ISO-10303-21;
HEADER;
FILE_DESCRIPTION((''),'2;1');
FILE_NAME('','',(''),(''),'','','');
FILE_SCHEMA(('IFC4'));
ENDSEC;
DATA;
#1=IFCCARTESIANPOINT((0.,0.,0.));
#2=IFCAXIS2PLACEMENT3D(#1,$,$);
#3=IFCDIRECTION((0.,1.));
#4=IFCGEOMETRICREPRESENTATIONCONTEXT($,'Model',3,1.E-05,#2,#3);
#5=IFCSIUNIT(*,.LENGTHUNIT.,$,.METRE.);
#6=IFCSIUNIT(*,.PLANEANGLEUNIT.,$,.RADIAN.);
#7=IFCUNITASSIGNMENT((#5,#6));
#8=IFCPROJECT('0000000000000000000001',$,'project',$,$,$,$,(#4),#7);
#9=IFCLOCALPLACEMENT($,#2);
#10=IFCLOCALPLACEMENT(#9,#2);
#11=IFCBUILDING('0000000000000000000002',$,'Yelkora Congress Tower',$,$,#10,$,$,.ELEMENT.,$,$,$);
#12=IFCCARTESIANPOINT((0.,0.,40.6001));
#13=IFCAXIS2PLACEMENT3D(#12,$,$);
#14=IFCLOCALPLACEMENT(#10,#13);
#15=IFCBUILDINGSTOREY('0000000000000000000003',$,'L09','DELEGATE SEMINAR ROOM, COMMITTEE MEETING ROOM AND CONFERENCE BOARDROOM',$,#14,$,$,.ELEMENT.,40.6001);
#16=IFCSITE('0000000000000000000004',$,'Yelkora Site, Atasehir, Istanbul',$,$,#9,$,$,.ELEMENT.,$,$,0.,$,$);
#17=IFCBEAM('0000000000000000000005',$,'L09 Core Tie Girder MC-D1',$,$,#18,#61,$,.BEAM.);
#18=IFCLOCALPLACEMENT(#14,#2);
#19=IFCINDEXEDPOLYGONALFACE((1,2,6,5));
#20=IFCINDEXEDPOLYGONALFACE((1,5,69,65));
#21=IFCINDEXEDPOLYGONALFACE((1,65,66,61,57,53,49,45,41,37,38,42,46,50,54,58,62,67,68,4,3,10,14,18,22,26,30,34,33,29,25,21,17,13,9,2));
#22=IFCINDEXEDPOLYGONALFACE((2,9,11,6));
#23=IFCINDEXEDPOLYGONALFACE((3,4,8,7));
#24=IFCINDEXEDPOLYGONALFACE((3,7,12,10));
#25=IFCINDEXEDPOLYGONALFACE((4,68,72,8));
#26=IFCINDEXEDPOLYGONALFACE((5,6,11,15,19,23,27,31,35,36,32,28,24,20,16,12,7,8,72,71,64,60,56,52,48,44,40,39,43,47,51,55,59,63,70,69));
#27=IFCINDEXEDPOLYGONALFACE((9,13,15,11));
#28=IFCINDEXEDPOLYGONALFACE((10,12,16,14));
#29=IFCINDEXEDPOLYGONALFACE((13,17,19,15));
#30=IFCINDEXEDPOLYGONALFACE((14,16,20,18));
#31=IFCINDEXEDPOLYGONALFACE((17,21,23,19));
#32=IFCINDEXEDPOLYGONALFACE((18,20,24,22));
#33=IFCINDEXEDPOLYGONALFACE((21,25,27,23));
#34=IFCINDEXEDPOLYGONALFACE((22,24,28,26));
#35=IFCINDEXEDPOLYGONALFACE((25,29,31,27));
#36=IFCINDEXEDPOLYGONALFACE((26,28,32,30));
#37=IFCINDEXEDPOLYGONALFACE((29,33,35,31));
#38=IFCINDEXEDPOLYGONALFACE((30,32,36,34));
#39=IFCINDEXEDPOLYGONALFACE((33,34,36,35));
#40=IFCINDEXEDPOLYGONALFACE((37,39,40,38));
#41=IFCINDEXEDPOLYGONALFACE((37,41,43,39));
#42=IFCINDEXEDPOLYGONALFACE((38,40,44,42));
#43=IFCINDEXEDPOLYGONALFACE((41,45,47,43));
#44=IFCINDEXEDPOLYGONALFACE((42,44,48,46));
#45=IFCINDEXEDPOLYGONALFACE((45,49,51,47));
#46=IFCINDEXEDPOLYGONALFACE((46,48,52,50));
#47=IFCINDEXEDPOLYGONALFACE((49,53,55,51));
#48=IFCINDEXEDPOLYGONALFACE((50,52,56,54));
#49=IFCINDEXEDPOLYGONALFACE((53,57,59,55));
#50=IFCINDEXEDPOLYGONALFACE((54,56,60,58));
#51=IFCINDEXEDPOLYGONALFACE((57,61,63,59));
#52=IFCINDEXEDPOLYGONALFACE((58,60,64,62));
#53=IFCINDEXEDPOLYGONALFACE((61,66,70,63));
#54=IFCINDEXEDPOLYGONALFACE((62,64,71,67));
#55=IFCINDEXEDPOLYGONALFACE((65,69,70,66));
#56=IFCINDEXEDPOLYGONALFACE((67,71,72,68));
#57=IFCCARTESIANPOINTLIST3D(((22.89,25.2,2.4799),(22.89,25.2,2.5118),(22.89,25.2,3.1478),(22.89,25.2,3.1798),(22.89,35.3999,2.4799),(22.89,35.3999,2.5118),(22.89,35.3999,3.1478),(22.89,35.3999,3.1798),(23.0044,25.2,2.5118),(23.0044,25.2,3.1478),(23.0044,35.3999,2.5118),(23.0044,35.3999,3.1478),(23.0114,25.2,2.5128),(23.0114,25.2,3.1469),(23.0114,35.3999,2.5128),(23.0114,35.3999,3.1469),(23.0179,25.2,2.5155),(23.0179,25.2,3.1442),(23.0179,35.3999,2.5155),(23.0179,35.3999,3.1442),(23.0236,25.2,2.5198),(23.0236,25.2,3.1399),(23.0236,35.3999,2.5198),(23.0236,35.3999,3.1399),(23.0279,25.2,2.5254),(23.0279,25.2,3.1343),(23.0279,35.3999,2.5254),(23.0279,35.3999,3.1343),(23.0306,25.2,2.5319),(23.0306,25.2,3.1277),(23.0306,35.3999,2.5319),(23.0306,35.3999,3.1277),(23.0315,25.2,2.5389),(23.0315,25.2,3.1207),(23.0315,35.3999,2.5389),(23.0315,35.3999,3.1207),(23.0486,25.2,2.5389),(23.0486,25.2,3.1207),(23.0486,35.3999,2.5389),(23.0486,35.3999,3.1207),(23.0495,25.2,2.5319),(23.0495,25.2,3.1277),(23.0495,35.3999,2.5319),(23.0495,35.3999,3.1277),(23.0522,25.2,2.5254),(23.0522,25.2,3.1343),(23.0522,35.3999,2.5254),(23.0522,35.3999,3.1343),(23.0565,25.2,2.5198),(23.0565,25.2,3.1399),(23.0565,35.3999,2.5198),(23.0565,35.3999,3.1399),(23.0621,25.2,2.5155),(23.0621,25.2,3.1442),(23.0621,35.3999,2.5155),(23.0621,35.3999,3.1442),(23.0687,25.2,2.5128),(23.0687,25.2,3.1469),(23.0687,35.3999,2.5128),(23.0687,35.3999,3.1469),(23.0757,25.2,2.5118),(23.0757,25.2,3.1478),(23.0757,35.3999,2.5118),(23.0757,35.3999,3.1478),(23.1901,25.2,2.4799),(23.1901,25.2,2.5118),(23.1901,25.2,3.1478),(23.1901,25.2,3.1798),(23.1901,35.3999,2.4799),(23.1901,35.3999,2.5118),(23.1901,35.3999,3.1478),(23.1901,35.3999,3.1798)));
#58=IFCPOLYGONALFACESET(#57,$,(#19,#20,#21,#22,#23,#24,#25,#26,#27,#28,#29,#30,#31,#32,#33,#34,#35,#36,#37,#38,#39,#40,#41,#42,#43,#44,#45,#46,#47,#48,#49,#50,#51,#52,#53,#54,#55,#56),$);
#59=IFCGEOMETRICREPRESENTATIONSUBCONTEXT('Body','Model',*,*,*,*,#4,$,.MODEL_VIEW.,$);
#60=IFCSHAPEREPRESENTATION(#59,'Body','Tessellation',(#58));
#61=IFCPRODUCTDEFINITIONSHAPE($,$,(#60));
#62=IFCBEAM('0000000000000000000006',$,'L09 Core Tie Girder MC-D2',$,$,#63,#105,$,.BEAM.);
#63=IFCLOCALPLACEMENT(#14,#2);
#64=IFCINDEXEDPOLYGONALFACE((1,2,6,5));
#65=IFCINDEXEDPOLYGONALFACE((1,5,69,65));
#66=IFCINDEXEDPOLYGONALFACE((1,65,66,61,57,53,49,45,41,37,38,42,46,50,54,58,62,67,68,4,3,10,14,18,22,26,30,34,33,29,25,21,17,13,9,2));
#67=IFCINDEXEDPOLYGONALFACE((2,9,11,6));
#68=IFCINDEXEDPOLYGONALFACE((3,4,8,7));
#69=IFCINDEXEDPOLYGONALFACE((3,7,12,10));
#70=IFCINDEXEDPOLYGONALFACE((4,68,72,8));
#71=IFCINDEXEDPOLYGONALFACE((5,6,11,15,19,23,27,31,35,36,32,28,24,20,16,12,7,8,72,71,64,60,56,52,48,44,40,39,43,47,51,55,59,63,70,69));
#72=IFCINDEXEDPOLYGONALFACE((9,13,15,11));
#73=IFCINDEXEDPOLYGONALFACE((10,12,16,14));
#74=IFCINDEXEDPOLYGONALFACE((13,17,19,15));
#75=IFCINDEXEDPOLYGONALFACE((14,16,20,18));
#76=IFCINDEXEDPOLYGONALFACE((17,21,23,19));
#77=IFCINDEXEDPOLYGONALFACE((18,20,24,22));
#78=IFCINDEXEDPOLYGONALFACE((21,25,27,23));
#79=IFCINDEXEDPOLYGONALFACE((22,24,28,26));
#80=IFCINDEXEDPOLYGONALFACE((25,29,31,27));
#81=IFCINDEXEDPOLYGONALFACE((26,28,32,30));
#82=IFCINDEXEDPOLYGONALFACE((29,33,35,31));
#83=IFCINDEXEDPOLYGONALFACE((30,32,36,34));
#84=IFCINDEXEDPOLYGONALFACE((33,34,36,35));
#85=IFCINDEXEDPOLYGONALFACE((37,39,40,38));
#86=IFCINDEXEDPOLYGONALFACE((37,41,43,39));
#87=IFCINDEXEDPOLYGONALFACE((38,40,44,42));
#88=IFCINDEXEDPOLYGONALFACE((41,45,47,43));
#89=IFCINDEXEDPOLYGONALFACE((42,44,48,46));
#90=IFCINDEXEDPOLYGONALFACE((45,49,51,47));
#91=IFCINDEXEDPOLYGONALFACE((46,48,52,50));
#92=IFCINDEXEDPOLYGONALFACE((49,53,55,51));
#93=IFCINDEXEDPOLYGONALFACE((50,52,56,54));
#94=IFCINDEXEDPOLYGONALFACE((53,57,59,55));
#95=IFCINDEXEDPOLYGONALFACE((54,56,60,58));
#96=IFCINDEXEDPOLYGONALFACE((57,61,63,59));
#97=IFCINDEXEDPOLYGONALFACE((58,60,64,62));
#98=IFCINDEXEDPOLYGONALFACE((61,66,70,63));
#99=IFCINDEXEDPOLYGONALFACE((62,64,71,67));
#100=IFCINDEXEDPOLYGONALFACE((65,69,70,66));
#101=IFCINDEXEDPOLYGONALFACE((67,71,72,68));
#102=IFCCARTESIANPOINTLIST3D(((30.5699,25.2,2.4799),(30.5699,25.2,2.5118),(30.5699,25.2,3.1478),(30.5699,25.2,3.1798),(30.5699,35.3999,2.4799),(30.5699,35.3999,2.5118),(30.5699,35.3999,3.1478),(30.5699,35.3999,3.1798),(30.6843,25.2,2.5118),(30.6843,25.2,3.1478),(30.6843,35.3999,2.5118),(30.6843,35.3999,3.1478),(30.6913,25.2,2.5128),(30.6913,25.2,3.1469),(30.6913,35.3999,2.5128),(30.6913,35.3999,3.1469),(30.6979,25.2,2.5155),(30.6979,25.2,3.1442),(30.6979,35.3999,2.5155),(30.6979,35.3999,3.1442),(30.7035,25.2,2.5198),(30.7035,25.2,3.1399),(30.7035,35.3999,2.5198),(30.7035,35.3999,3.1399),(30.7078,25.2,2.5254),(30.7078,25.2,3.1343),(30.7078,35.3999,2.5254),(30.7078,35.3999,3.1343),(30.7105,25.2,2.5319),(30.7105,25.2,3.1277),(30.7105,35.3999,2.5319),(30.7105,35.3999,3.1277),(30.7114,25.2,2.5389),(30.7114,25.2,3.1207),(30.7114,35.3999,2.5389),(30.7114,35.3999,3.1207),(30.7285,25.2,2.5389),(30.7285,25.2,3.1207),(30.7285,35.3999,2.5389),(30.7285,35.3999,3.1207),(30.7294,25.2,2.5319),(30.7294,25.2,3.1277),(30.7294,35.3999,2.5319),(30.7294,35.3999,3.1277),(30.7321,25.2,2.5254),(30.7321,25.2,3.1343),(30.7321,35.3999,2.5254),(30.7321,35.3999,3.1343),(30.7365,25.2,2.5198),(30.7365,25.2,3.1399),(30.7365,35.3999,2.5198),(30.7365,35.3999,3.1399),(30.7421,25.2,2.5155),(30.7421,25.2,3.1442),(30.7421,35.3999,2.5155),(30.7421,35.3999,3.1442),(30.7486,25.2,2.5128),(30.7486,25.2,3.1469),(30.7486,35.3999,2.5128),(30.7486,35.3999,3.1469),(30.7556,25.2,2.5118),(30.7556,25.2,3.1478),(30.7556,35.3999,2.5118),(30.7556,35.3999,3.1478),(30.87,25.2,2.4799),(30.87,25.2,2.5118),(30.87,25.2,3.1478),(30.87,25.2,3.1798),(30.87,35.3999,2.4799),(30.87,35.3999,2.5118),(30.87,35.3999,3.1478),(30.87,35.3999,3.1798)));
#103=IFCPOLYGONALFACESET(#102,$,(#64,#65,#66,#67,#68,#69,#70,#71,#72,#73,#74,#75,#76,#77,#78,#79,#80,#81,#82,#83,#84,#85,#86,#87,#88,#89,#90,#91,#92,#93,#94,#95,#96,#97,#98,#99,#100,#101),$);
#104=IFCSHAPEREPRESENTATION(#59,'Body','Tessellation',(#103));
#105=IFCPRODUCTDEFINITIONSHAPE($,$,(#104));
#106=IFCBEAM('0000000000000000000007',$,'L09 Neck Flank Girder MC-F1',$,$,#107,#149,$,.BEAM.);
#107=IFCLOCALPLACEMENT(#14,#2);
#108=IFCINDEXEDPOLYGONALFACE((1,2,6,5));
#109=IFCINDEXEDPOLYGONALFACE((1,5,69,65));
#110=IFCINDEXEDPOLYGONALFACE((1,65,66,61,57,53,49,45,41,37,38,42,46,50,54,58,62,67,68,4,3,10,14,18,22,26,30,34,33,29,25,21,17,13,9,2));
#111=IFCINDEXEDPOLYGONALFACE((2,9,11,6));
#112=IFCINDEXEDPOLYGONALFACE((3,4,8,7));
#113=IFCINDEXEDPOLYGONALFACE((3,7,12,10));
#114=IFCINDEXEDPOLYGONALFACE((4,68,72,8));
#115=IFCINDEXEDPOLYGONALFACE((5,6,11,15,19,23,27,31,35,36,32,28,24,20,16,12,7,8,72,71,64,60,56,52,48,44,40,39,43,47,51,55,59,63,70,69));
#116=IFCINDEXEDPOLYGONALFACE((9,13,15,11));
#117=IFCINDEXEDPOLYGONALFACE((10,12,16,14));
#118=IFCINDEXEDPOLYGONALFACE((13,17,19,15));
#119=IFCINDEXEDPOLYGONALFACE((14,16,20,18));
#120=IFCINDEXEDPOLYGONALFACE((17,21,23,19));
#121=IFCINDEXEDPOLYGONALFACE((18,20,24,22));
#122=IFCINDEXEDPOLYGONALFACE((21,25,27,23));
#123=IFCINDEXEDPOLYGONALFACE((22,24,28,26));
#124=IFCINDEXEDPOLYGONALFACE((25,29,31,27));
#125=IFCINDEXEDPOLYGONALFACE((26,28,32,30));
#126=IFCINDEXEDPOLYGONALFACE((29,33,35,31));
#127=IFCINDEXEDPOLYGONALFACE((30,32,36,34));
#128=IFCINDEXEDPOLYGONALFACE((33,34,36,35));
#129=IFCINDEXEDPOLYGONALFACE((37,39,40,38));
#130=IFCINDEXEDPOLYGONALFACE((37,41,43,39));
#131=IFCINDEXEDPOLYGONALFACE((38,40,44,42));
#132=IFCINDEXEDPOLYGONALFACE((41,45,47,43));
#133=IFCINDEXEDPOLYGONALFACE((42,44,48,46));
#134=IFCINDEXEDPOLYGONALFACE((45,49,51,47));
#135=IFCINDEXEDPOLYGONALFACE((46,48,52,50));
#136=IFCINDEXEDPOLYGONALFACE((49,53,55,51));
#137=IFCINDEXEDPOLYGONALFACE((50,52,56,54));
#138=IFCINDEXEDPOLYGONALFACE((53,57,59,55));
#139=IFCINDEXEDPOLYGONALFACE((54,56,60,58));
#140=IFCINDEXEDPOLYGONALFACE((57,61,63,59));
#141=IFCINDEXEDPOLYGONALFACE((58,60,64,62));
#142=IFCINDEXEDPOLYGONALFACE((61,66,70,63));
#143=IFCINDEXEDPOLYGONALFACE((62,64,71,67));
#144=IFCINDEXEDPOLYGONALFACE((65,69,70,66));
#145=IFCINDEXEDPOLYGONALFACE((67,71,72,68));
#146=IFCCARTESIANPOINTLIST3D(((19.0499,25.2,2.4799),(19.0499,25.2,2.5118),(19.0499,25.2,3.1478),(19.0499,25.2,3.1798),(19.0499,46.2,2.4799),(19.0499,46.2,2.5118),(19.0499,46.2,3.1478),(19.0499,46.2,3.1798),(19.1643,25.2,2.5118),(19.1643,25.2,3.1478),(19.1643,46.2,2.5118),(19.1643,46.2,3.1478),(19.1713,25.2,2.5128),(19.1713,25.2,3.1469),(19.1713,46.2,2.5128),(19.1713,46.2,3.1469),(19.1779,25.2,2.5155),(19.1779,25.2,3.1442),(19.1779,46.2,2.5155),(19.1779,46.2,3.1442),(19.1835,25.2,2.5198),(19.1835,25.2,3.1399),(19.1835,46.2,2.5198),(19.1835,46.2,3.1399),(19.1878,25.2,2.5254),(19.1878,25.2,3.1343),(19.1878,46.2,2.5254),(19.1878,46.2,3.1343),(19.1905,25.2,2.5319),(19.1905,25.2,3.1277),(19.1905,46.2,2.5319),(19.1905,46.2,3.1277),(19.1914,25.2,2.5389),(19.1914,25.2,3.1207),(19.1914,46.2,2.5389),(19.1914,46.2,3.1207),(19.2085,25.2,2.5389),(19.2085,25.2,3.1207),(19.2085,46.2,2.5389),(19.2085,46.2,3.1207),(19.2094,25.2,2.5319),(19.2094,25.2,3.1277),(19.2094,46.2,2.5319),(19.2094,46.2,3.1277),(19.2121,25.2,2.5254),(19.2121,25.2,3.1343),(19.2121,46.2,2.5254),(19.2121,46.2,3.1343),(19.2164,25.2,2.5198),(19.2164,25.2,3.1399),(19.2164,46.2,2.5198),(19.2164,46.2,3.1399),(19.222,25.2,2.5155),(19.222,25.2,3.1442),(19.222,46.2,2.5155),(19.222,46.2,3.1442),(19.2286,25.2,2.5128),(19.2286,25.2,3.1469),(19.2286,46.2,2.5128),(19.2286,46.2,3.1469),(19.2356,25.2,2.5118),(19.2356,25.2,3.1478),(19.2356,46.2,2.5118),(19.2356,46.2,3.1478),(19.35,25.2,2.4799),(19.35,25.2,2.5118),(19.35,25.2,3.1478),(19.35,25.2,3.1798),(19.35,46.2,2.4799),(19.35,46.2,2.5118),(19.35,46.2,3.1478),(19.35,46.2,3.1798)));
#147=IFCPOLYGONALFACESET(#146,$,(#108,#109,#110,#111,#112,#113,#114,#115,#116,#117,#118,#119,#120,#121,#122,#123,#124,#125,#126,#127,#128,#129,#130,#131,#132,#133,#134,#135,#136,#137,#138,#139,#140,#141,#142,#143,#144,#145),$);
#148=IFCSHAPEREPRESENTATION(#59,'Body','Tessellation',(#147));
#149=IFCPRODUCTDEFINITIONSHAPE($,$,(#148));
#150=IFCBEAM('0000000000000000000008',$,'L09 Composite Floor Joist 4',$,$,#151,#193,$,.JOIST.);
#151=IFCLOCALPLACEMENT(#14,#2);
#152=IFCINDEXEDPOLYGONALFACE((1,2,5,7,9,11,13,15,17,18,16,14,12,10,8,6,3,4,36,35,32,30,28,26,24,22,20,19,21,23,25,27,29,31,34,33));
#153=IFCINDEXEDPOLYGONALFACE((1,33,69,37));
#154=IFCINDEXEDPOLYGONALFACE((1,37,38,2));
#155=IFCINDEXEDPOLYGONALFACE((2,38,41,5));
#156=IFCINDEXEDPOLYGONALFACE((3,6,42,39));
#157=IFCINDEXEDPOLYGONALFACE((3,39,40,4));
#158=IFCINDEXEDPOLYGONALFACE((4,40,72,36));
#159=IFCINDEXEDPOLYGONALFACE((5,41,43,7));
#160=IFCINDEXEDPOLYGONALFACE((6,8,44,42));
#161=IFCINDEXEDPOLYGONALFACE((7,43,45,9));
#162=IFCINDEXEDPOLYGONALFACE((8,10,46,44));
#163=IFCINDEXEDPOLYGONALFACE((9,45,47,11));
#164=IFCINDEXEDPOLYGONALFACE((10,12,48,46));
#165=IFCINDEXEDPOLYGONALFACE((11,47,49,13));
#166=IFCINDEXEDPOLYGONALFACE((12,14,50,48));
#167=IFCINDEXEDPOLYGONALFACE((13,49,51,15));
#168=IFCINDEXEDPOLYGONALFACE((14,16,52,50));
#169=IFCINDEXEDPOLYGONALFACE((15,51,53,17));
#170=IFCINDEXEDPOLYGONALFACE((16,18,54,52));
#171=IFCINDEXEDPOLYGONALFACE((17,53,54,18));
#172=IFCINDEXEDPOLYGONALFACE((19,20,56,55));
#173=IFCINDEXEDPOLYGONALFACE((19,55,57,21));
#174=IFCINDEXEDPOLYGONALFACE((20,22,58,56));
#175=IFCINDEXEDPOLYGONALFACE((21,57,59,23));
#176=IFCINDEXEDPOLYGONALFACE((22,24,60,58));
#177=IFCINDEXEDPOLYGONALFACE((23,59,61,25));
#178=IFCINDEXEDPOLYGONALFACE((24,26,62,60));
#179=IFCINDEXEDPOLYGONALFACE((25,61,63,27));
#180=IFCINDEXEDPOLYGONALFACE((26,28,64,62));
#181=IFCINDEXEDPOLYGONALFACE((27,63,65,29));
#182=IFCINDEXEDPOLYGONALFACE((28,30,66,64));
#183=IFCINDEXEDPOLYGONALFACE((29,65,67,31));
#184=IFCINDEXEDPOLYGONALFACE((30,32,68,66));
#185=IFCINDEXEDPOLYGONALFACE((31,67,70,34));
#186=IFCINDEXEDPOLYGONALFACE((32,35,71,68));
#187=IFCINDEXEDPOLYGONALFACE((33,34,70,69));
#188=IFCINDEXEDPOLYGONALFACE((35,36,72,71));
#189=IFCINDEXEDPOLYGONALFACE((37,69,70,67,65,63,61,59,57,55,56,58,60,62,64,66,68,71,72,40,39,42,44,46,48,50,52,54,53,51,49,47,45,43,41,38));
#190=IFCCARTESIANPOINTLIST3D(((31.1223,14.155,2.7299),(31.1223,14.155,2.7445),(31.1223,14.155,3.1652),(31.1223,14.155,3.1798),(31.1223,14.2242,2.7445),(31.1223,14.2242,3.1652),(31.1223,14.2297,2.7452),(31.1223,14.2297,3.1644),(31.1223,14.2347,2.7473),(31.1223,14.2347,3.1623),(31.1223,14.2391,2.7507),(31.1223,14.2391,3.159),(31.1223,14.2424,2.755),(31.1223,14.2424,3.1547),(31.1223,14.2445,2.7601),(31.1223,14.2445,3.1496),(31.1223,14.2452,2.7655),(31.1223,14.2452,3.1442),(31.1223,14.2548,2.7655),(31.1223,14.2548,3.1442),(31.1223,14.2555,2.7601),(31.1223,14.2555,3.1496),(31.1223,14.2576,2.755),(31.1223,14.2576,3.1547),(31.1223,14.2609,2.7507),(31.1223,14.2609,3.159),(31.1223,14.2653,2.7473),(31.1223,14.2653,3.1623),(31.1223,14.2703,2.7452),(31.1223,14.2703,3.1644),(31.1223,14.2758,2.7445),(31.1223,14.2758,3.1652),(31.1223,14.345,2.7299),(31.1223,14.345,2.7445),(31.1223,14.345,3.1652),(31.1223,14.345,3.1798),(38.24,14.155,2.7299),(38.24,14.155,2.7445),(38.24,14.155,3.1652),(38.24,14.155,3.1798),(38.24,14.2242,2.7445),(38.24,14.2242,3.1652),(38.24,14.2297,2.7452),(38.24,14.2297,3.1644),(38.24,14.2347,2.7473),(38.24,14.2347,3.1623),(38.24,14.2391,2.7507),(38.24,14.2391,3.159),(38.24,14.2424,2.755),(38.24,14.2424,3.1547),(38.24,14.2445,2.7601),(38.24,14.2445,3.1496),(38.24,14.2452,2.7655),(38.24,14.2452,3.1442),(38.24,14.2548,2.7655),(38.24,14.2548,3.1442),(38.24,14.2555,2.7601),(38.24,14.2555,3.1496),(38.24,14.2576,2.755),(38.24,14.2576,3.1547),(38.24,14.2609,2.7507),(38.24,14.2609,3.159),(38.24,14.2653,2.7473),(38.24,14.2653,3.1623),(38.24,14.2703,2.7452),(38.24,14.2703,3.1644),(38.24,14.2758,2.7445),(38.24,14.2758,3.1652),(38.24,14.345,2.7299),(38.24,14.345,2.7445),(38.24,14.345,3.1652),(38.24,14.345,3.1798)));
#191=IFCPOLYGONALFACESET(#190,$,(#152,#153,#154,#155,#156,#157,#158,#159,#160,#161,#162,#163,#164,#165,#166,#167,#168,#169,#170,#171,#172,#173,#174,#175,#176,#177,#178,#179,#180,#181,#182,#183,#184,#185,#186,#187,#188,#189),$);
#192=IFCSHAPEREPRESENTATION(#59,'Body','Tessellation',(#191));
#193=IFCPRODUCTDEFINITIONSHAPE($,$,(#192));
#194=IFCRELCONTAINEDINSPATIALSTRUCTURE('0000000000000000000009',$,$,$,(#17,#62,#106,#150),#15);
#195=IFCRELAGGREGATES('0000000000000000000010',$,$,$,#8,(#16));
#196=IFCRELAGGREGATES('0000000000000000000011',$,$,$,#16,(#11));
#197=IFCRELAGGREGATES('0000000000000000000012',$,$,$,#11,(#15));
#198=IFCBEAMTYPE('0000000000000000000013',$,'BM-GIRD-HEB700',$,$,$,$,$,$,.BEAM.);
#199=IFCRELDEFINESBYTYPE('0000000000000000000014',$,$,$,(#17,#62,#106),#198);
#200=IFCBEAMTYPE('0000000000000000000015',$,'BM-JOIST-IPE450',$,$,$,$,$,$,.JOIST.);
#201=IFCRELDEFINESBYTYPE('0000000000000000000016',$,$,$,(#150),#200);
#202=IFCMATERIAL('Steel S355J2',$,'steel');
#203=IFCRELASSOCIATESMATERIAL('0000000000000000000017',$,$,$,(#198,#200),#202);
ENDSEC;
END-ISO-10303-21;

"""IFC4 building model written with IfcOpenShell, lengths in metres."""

from ifc_helpers import new_model, si_unit, direction, frame, origin, origin_2d, place, context, subcontext, project, spatial, i_section, extrude, material, material_profile, profile_set, type_object, element, save


model = new_model("IFC4")

# Units and contexts
model_context = context("Model", 3, precision=1e-05, world=origin(), true_north=direction((0.0, 1.0)))
body_context = subcontext(model_context, "Body", "Model", "MODEL_VIEW")
ifc_project = project(units=[si_unit("LENGTHUNIT", "METRE"), si_unit("PLANEANGLEUNIT", "RADIAN")], contexts=[model_context])

# Site, building, storey
site_placement = place(None, origin())
site = spatial("IfcSite", under=ifc_project, at=site_placement, Name="Yelkora Site, Atasehir, Istanbul", CompositionType="ELEMENT", RefElevation=0.0)
building_placement = place(site_placement, origin())
building = spatial("IfcBuilding", under=site, at=building_placement, Name="Yelkora Congress Tower", CompositionType="ELEMENT")
storey_placement = place(building_placement, frame((0.0, 0.0, 40.6001)))
storey = spatial("IfcBuildingStorey", under=building, at=storey_placement, Name="L09", Description="DELEGATE SEMINAR ROOM, COMMITTEE MEETING ROOM AND CONFERENCE BOARDROOM", CompositionType="ELEMENT", Elevation=40.6001)

# Beams
ifc_material_1 = material(Name="Steel S355J2", Category="steel")
ifc_material_profile_1 = material_profile(ifc_material_1, i_section(OverallWidth=0.3, OverallDepth=0.7, WebThickness=0.0171, FlangeThickness=0.032, FilletRadius=0.0271, at=origin_2d()), Name="HEB 700")
ifc_profile_set_1 = profile_set([ifc_material_profile_1], Name="Steel S355J2")
beam_type_1 = type_object("IfcBeamType", Name="BM-GIRD-HEB700", PredefinedType="BEAM", material=ifc_profile_set_1)
for number, where, z_axis, x_axis, name in (
    (1, (23.04, 25.2, 2.8298), (0.0, 1.0, 0.0), (-1.0, 0.0, 0.0), "L09 Core Tie Girder MC-D1"),
    (2, (30.72, 25.2, 2.8298), (0.0, 1.0, 0.0), (-1.0, 0.0, 0.0), "L09 Core Tie Girder MC-D2"),
):
    element("IfcBeam", number, at=place(storey_placement, frame(where, z_axis=z_axis, x_axis=x_axis)), inside=storey, type_object=beam_type_1, Name=name, PredefinedType="BEAM", context=body_context, shape_type="SweptSolid", body=[
        extrude(i_section(OverallWidth=0.3, OverallDepth=0.7, WebThickness=0.0171, FlangeThickness=0.032, FilletRadius=0.0271, at=origin_2d()), origin(), (0.0, 0.0, 1.0), 10.2),
    ])
beam_1_placement = place(storey_placement, frame((19.2, 25.2, 2.8298), z_axis=(0.0, 1.0, 0.0), x_axis=(-1.0, 0.0, 0.0)))
element("IfcBeam", 3, at=beam_1_placement, inside=storey, type_object=beam_type_1, Name="L09 Neck Flank Girder MC-F1", PredefinedType="BEAM", context=body_context, shape_type="SweptSolid", body=[
    extrude(i_section(OverallWidth=0.3, OverallDepth=0.7, WebThickness=0.0171, FlangeThickness=0.032, FilletRadius=0.0271, at=origin_2d()), origin(), (0.0, 0.0, 1.0), 21.0),
])
ifc_material_profile_2 = material_profile(ifc_material_1, i_section(OverallWidth=0.1899, OverallDepth=0.45, WebThickness=0.0095, FlangeThickness=0.0146, FilletRadius=0.021, at=origin_2d()), Name="IPE 450")
ifc_profile_set_2 = profile_set([ifc_material_profile_2], Name="Steel S355J2")
beam_type_2 = type_object("IfcBeamType", Name="BM-JOIST-IPE450", PredefinedType="JOIST", material=ifc_profile_set_2)
beam_2_placement = place(storey_placement, frame((31.1223, 14.25, 2.9548), z_axis=(1.0, 0.0, 0.0), x_axis=(0.0, 1.0, 0.0)))
element("IfcBeam", 4, at=beam_2_placement, inside=storey, type_object=beam_type_2, Name="L09 Composite Floor Joist 4", PredefinedType="JOIST", context=body_context, shape_type="SweptSolid", body=[
    extrude(i_section(OverallWidth=0.1899, OverallDepth=0.45, WebThickness=0.0095, FlangeThickness=0.0146, FilletRadius=0.021, at=origin_2d()), origin(), (0.0, 0.0, 1.0), 7.1177),
])

save(model, "model.ifc")
